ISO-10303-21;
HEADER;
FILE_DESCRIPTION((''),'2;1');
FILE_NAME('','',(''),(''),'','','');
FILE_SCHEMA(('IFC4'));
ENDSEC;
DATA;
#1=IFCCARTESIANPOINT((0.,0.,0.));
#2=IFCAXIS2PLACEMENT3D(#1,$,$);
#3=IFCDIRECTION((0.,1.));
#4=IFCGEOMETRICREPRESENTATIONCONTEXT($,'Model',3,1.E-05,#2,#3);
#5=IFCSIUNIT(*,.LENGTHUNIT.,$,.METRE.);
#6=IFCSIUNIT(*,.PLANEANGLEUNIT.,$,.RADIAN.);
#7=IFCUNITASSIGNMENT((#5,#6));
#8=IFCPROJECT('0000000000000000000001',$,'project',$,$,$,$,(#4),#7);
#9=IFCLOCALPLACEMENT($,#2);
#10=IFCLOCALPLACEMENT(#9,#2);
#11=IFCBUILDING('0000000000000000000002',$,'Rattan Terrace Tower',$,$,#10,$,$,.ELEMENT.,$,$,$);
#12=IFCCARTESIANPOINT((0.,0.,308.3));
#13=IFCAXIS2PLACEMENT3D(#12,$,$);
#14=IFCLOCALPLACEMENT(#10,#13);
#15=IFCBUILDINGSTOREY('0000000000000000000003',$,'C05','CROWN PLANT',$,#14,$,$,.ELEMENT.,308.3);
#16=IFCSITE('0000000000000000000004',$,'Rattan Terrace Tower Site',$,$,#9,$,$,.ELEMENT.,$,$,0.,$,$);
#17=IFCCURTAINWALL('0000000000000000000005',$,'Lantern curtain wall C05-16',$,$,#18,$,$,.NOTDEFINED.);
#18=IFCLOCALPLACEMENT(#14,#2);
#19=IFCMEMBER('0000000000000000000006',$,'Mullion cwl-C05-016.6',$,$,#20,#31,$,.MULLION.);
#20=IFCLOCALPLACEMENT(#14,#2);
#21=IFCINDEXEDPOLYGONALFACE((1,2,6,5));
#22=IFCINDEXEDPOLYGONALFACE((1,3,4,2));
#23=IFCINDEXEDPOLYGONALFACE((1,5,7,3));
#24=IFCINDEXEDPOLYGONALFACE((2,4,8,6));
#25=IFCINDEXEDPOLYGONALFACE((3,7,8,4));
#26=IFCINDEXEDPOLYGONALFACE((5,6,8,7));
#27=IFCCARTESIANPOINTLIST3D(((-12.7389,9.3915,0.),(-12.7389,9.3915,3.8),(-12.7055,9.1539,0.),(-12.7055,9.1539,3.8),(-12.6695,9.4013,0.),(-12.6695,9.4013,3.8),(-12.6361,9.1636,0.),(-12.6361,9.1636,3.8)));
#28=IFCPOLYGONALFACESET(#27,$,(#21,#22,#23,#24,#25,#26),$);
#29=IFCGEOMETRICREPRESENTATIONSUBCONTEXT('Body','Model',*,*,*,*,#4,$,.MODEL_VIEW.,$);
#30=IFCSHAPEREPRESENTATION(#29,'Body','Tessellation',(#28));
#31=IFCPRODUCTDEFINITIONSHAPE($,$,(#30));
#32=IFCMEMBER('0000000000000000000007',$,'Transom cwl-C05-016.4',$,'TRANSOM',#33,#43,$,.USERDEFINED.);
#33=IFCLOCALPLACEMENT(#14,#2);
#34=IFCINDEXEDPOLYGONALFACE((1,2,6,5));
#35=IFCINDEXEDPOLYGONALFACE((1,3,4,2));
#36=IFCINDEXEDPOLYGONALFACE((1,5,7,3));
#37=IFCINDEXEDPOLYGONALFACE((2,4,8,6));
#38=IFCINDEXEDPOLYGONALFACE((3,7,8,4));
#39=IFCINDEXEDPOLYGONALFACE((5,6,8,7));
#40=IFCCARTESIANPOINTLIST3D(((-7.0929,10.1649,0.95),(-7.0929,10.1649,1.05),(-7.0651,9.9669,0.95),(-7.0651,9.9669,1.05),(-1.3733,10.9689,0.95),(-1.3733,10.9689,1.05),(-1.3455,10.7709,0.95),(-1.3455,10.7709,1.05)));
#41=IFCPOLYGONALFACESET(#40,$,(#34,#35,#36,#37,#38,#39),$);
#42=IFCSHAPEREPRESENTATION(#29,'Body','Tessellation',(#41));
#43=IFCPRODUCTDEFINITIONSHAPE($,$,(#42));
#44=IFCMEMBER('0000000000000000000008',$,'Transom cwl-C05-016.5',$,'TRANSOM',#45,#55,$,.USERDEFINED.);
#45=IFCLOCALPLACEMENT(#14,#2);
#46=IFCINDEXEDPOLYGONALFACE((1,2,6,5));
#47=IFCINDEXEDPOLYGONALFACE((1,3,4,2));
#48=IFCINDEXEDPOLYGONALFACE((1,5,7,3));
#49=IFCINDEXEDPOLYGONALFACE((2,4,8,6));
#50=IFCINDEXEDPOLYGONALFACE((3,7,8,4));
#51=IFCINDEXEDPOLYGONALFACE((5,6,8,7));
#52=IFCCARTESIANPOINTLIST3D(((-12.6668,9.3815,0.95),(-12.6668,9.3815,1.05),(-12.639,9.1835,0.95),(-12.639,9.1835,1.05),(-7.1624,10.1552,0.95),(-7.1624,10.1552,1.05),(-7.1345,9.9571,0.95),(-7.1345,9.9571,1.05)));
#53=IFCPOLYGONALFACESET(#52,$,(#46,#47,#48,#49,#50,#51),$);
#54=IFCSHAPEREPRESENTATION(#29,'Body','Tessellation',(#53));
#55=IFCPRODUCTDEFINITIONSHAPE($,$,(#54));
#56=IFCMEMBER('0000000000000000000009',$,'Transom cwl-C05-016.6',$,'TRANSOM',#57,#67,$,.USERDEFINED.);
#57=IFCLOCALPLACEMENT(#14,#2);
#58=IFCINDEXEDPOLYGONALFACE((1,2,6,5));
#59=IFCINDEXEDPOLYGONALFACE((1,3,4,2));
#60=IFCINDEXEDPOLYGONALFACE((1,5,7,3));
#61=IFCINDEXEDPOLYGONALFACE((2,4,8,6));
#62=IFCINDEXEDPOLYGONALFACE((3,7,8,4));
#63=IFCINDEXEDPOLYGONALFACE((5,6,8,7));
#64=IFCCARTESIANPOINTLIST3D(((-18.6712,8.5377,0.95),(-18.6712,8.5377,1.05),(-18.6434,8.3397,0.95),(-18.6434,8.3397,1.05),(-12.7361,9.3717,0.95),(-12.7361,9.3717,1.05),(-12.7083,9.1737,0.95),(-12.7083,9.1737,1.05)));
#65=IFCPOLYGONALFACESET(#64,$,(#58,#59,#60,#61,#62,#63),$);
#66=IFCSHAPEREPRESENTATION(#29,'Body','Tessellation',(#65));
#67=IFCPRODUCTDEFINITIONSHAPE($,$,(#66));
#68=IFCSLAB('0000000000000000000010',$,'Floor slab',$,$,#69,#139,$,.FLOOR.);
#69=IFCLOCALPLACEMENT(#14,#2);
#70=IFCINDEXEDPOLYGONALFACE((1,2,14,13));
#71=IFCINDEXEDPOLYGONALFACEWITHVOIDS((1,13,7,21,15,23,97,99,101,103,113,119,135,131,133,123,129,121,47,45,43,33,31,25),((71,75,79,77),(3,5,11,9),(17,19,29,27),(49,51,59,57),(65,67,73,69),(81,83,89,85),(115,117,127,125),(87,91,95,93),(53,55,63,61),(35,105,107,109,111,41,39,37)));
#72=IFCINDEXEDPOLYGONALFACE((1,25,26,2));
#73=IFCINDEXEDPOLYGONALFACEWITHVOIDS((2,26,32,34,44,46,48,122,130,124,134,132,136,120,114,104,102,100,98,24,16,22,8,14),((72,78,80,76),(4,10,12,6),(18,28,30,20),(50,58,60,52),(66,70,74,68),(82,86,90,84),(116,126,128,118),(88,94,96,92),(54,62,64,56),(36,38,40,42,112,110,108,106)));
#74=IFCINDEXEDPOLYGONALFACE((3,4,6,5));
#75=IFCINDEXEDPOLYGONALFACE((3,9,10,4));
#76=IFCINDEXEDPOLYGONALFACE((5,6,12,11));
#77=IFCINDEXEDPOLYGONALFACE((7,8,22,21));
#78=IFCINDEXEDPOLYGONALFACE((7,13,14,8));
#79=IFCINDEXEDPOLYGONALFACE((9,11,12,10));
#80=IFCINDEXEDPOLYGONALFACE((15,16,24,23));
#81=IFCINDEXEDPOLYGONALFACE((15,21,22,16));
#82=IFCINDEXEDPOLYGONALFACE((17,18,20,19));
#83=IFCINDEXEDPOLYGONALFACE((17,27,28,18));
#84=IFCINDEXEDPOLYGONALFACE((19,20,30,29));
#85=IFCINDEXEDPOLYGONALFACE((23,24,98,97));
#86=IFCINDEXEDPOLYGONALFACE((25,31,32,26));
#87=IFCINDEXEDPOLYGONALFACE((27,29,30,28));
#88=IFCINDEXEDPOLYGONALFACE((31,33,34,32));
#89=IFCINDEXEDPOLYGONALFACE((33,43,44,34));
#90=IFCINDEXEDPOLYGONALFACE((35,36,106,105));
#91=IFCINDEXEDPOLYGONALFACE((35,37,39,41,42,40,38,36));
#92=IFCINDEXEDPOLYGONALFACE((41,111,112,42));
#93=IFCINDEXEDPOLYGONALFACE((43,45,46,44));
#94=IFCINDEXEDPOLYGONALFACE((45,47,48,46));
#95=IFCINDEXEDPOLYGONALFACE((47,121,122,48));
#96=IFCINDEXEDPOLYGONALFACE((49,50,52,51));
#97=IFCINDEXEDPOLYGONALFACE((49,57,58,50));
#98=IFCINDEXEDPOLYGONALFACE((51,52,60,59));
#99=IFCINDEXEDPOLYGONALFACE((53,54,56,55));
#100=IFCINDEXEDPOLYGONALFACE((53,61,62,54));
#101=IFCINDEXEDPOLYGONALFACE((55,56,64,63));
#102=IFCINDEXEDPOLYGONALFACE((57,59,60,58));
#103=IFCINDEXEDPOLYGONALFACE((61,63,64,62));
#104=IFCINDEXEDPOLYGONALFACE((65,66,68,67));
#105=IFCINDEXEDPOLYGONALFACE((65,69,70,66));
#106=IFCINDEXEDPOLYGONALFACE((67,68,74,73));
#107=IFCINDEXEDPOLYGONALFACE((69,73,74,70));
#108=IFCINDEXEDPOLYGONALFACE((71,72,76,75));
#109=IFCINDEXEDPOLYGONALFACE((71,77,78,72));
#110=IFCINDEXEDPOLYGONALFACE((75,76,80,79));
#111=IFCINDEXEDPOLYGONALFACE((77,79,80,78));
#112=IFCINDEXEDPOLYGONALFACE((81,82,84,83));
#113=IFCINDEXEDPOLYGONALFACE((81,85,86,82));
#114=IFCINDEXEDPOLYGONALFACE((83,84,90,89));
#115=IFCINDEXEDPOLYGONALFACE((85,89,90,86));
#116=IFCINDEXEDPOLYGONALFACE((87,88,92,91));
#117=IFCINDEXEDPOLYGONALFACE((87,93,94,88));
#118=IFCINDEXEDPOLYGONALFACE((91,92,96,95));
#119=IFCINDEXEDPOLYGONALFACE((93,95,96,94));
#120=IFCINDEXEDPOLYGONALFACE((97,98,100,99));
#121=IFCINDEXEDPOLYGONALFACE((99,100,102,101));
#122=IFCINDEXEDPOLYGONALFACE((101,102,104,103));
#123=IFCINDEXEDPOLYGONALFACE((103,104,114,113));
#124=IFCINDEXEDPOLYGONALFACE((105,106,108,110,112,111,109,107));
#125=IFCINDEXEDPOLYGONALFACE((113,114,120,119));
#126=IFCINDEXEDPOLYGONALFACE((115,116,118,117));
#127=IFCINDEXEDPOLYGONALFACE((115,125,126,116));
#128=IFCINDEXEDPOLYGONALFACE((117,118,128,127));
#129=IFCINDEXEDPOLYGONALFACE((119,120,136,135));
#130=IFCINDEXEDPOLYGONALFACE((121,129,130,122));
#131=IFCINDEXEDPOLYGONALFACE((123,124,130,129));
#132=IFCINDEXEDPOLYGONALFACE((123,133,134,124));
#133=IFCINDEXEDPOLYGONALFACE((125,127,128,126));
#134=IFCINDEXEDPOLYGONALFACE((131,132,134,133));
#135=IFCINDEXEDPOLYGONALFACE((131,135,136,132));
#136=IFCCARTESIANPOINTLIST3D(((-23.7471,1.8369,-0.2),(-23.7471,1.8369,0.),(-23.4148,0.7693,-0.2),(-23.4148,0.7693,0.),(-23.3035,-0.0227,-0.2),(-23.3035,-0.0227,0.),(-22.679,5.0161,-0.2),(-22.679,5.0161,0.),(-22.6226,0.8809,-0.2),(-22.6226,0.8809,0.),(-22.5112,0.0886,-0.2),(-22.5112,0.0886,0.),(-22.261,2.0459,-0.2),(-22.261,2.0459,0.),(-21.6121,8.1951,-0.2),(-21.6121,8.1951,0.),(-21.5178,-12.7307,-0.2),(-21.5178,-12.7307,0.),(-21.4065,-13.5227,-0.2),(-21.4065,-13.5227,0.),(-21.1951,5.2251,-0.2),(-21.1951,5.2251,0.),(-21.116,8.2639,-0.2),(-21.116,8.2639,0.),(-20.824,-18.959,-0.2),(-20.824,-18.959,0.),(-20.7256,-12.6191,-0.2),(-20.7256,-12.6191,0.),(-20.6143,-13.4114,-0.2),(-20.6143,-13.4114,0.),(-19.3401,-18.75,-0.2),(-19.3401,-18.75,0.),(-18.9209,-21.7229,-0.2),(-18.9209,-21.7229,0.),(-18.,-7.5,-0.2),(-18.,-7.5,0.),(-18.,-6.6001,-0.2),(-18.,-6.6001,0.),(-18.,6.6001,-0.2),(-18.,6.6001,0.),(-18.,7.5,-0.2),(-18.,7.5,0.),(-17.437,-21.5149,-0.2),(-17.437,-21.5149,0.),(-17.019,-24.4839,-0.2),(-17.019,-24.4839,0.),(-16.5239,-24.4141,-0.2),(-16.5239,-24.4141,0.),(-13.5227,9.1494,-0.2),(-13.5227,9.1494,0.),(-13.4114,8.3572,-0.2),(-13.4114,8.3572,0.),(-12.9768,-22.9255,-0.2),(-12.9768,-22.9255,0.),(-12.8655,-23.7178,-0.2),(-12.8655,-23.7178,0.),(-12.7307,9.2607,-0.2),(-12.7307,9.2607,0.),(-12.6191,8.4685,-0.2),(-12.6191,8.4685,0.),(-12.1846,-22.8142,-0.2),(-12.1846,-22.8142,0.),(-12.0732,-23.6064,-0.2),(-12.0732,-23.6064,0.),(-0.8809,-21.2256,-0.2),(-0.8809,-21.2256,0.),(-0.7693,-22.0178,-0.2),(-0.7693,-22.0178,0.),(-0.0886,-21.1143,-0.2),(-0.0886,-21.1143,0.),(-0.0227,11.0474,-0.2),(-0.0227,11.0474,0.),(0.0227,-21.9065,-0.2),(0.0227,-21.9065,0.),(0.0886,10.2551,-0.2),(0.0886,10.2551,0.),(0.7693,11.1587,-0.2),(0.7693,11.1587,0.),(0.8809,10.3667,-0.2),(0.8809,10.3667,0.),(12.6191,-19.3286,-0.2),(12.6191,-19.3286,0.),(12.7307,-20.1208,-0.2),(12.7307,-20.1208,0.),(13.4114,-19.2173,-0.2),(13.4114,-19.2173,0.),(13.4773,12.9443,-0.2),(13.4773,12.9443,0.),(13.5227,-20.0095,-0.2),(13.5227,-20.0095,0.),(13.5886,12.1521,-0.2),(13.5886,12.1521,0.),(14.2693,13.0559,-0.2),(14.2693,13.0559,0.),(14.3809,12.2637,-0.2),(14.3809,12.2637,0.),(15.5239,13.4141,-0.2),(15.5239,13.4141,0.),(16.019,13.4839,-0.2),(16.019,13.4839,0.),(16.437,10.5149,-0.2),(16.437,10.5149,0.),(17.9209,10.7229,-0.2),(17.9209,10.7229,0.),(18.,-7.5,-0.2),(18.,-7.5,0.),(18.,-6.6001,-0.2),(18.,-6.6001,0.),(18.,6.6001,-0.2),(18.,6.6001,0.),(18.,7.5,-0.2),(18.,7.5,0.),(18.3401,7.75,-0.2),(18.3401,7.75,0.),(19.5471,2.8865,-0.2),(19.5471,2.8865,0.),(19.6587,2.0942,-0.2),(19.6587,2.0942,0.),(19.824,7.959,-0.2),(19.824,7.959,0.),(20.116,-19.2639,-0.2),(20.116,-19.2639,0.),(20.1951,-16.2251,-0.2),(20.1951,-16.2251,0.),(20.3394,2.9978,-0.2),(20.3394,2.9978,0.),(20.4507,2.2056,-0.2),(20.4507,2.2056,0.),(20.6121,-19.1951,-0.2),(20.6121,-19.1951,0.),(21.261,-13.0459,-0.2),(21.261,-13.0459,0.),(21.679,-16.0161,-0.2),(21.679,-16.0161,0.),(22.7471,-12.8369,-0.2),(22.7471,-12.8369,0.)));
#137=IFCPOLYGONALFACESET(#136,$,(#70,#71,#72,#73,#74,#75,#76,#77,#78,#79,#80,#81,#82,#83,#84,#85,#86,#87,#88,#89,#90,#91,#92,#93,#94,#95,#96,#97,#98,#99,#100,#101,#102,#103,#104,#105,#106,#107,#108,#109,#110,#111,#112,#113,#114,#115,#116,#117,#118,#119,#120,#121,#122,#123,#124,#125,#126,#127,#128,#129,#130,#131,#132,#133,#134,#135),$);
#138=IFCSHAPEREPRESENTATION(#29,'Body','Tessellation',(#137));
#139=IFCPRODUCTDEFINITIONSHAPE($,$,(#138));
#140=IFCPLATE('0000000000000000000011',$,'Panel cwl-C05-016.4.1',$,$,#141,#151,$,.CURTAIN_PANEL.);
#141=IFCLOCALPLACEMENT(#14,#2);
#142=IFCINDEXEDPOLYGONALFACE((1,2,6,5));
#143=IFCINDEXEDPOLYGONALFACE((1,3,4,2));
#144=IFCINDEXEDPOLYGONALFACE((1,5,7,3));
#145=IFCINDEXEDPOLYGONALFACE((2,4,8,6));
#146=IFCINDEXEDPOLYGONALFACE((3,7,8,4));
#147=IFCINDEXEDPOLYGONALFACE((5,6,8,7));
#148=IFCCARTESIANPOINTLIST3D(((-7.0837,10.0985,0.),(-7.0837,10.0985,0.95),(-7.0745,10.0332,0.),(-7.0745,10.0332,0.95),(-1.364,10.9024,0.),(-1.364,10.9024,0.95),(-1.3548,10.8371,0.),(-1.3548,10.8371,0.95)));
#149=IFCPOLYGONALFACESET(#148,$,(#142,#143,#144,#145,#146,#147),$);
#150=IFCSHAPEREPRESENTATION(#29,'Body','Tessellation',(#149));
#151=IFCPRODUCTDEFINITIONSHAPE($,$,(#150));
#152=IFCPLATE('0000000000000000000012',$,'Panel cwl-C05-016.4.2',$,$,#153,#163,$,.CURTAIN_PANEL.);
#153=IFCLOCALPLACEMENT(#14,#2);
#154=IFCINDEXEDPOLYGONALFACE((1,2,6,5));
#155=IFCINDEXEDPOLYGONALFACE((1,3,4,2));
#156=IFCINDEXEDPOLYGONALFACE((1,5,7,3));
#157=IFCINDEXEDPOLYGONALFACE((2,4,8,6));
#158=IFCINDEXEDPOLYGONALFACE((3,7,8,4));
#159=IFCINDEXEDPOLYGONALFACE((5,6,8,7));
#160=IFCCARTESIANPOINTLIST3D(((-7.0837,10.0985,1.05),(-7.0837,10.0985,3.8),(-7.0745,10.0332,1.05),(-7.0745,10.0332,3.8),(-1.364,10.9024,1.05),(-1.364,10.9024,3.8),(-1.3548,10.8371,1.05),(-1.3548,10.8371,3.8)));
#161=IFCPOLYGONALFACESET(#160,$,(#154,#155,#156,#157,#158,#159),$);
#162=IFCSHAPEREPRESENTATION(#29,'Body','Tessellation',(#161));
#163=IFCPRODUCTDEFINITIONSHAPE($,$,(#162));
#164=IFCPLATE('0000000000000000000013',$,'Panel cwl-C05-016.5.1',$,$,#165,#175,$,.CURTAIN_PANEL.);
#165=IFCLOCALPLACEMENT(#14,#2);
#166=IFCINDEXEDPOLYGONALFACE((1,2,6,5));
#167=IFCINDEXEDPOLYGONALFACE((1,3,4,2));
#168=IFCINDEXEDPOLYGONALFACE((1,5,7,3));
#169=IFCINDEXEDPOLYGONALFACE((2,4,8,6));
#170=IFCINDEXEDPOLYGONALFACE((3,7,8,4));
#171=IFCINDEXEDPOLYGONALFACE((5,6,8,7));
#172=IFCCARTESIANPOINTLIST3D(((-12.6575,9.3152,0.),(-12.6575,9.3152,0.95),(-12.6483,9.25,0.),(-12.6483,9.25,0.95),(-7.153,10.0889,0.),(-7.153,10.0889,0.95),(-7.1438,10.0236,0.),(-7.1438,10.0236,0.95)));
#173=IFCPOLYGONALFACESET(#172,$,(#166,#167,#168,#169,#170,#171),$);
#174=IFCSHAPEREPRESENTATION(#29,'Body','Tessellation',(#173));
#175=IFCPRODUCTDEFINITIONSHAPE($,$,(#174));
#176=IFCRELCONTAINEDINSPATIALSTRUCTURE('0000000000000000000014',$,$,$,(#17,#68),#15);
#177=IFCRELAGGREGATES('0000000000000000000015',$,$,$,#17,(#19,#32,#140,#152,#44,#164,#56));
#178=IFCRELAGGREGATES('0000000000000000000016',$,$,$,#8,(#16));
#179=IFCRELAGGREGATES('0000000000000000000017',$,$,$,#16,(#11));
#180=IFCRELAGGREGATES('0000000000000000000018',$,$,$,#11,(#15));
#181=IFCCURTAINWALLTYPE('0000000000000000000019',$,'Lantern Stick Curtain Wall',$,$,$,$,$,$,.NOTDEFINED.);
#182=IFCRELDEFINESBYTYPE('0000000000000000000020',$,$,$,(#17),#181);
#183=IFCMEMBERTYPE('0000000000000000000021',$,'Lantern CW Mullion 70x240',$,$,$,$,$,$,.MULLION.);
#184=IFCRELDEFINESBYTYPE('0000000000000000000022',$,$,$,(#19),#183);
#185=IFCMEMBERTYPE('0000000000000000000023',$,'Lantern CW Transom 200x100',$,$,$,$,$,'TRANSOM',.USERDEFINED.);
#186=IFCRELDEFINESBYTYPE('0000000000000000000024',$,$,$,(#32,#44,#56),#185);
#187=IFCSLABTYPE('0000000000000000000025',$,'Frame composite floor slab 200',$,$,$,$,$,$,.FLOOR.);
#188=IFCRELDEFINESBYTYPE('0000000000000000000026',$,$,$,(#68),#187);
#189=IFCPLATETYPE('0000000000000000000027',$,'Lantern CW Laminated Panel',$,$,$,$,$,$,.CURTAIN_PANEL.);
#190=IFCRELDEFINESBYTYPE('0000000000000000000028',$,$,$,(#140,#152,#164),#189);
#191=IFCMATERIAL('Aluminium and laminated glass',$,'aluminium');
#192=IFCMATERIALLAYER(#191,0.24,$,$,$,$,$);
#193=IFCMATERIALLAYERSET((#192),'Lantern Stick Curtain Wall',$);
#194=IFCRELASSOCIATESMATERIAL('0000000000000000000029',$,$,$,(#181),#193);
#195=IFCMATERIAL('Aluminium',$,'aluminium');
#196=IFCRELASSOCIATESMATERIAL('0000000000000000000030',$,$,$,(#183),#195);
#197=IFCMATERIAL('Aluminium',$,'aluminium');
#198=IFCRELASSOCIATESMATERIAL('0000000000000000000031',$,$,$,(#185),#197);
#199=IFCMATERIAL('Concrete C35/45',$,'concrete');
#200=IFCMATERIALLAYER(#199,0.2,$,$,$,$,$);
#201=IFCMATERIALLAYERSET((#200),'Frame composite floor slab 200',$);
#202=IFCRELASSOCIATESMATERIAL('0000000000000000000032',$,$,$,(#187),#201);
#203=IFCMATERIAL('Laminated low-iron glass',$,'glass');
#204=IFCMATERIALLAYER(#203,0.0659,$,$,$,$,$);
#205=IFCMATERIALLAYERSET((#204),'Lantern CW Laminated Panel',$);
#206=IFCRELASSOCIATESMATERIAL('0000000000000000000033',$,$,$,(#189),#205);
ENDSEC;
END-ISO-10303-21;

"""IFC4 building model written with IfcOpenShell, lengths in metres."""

from ifc_helpers import new_model, si_unit, direction, frame, origin, origin_2d, place, context, subcontext, project, spatial, polyline, rectangle, outline, extrude, material, layer, layer_set, material_profile, profile_set, type_object, element, aggregate, save


model = new_model("IFC4")

# Units and contexts
model_context = context("Model", 3, precision=1e-05, world=origin(), true_north=direction((0.0, 1.0)))
body_context = subcontext(model_context, "Body", "Model", "MODEL_VIEW")
ifc_project = project(units=[si_unit("LENGTHUNIT", "METRE"), si_unit("PLANEANGLEUNIT", "RADIAN")], contexts=[model_context])

# Site, building, storey
site_placement = place(None, origin())
site = spatial("IfcSite", under=ifc_project, at=site_placement, Name="Rattan Terrace Tower Site", CompositionType="ELEMENT", RefElevation=0.0)
building_placement = place(site_placement, origin())
building = spatial("IfcBuilding", under=site, at=building_placement, Name="Rattan Terrace Tower", CompositionType="ELEMENT")
storey_placement = place(building_placement, frame((0.0, 0.0, 308.3)))
storey = spatial("IfcBuildingStorey", under=building, at=storey_placement, Name="C05", Description="CROWN PLANT", CompositionType="ELEMENT", Elevation=308.3)

# Curtain wall, members
ifc_material_1 = material(Name="Aluminium and laminated glass", Category="aluminium")
ifc_layer_1 = layer(ifc_material_1, 0.24)
ifc_layer_set_1 = layer_set([ifc_layer_1], Name="Lantern Stick Curtain Wall")
curtain_wall_type = type_object("IfcCurtainWallType", Name="Lantern Stick Curtain Wall", PredefinedType="NOTDEFINED", material=ifc_layer_set_1)
curtain_wall_placement = place(storey_placement, origin())
curtain_wall = element("IfcCurtainWall", 1, at=curtain_wall_placement, inside=storey, type_object=curtain_wall_type, Name="Lantern curtain wall C05-16", PredefinedType="NOTDEFINED")
ifc_material_2 = material(Name="Aluminium", Category="aluminium")
ifc_material_profile_1 = material_profile(ifc_material_2, rectangle(XDim=0.0701, YDim=0.24, at=origin_2d()), Name="Aluminium 70x240")
ifc_profile_set_1 = profile_set([ifc_material_profile_1], Name="Aluminium")
member_type_1 = type_object("IfcMemberType", Name="Lantern CW Mullion 70x240", PredefinedType="MULLION", material=ifc_profile_set_1)
member_1_placement = place(storey_placement, frame((-12.6875, 9.2776, 0.0), z_axis=(0.0, 0.0, 1.0), x_axis=(-0.990267, -0.139181, 0.0)))
member_1 = element("IfcMember", 2, at=member_1_placement, type_object=member_type_1, Name="Mullion cwl-C05-016.6", PredefinedType="MULLION", context=body_context, shape_type="SweptSolid", body=[
    extrude(rectangle(XDim=0.0701, YDim=0.24, at=origin_2d()), origin(), (0.0, 0.0, 1.0), 3.8),
])
ifc_material_3 = material(Name="Aluminium", Category="aluminium")
ifc_material_profile_2 = material_profile(ifc_material_3, rectangle(XDim=0.2, YDim=0.1001, at=origin_2d()), Name="Aluminium 200x100")
ifc_profile_set_2 = profile_set([ifc_material_profile_2], Name="Aluminium")
member_type_2 = type_object("IfcMemberType", Name="Lantern CW Transom 200x100", ElementType="TRANSOM", PredefinedType="USERDEFINED", material=ifc_profile_set_2)
member_2_placement = place(storey_placement, frame((-1.3594, 10.8699, 1.0), z_axis=(-0.990266, -0.13919, 0.0), x_axis=(0.13919, -0.990266, 0.0)))
member_2 = element("IfcMember", 3, at=member_2_placement, type_object=member_type_2, Name="Transom cwl-C05-016.4", ObjectType="TRANSOM", PredefinedType="USERDEFINED", context=body_context, shape_type="SweptSolid", body=[
    extrude(rectangle(XDim=0.2, YDim=0.1001, at=origin_2d()), origin(), (0.0, 0.0, 1.0), 5.7759),
])
member_3_placement = place(storey_placement, frame((-7.1484, 10.0562, 1.0), z_axis=(-0.990266, -0.139189, 0.0), x_axis=(0.139189, -0.990266, 0.0)))
member_3 = element("IfcMember", 4, at=member_3_placement, type_object=member_type_2, Name="Transom cwl-C05-016.5", ObjectType="TRANSOM", PredefinedType="USERDEFINED", context=body_context, shape_type="SweptSolid", body=[
    extrude(rectangle(XDim=0.2, YDim=0.1001, at=origin_2d()), origin(), (0.0, 0.0, 1.0), 5.5586),
])
member_4_placement = place(storey_placement, frame((-12.7222, 9.2727, 1.0), z_axis=(-0.990271, -0.139151, 0.0), x_axis=(0.139151, -0.990271, 0.0)))
member_4 = element("IfcMember", 5, at=member_4_placement, type_object=member_type_2, Name="Transom cwl-C05-016.6", ObjectType="TRANSOM", PredefinedType="USERDEFINED", context=body_context, shape_type="SweptSolid", body=[
    extrude(rectangle(XDim=0.2, YDim=0.1001, at=origin_2d()), origin(), (0.0, 0.0, 1.0), 5.9934),
])

# Slab
ifc_material_4 = material(Name="Concrete C35/45", Category="concrete")
ifc_layer_2 = layer(ifc_material_4, 0.2)
ifc_layer_set_2 = layer_set([ifc_layer_2], Name="Frame composite floor slab 200")
slab_type = type_object("IfcSlabType", Name="Frame composite floor slab 200", PredefinedType="FLOOR", material=ifc_layer_set_2)
slab_placement = place(storey_placement, frame((0.0, 0.0, -0.2)))
element("IfcSlab", 6, at=slab_placement, inside=storey, type_object=slab_type, Name="Floor slab", PredefinedType="FLOOR", context=body_context, shape_type="SweptSolid", body=[
    extrude(outline(polyline([(-22.261, 2.0459), (-23.7471, 1.8369), (-20.824, -18.959), (-19.3401, -18.75), (-18.9209, -21.7229), (-17.437, -21.5149), (-17.019, -24.4839), (-16.5239, -24.4141), (20.116, -19.2639), (20.6121, -19.1951), (20.1951, -16.2251), (21.679, -16.0161), (21.261, -13.0459), (22.7471, -12.8369), (19.824, 7.959), (18.3401, 7.75), (17.9209, 10.7229), (16.437, 10.5149), (16.019, 13.4839), (15.5239, 13.4141), (-21.116, 8.2639), (-21.6121, 8.1951), (-21.1951, 5.2251), (-22.679, 5.0161), (-22.261, 2.0459)]), holes=[polyline([(-12.0732, -23.6064), (-12.1846, -22.8142), (-12.9768, -22.9255), (-12.8655, -23.7178), (-12.0732, -23.6064)]), polyline([(0.0227, -21.9065), (-0.0886, -21.1143), (-0.8809, -21.2256), (-0.7693, -22.0178), (0.0227, -21.9065)]), polyline([(-20.7256, -12.6191), (-21.5178, -12.7307), (-21.4065, -13.5227), (-20.6143, -13.4114), (-20.7256, -12.6191)]), polyline([(-18.0, -6.6001), (-18.0, -7.5), (18.0, -7.5), (18.0, -6.6001), (18.0, 6.6001), (18.0, 7.5), (-18.0, 7.5), (-18.0, 6.6001), (-18.0, -6.6001)]), polyline([(-22.5112, 0.0886), (-22.6226, 0.8809), (-23.4148, 0.7693), (-23.3035, -0.0227), (-22.5112, 0.0886)]), polyline([(-12.6191, 8.4685), (-12.7307, 9.2607), (-13.5227, 9.1494), (-13.4114, 8.3572), (-12.6191, 8.4685)]), polyline([(13.5227, -20.0095), (13.4114, -19.2173), (12.6191, -19.3286), (12.7307, -20.1208), (13.5227, -20.0095)]), polyline([(20.4507, 2.2056), (20.3394, 2.9978), (19.5471, 2.8865), (19.6587, 2.0942), (20.4507, 2.2056)]), polyline([(0.0886, 10.2551), (0.8809, 10.3667), (0.7693, 11.1587), (-0.0227, 11.0474), (0.0886, 10.2551)]), polyline([(13.5886, 12.1521), (14.3809, 12.2637), (14.2693, 13.0559), (13.4773, 12.9443), (13.5886, 12.1521)])]), origin(), (0.0, 0.0, 1.0), 0.2),
])

# Plates
ifc_material_5 = material(Name="Laminated low-iron glass", Category="glass")
ifc_layer_3 = layer(ifc_material_5, 0.0659)
ifc_layer_set_3 = layer_set([ifc_layer_3], Name="Lantern CW Laminated Panel")
plate_type = type_object("IfcPlateType", Name="Lantern CW Laminated Panel", PredefinedType="CURTAIN_PANEL", material=ifc_layer_set_3)
plate_1_placement = place(storey_placement, frame((-4.2192, 10.4678, 0.0), z_axis=(0.0, 0.0, 1.0), x_axis=(-0.990267, -0.139181, 0.0)))
plate_1 = element("IfcPlate", 7, at=plate_1_placement, type_object=plate_type, Name="Panel cwl-C05-016.4.1", PredefinedType="CURTAIN_PANEL", context=body_context, shape_type="SweptSolid", body=[
    extrude(rectangle(XDim=5.7759, YDim=0.0659, at=origin_2d()), origin(), (0.0, 0.0, 1.0), 0.95),
])
plate_2_placement = place(storey_placement, frame((-4.2192, 10.4678, 1.05), z_axis=(0.0, 0.0, 1.0), x_axis=(-0.990267, -0.139181, 0.0)))
plate_2 = element("IfcPlate", 8, at=plate_2_placement, type_object=plate_type, Name="Panel cwl-C05-016.4.2", PredefinedType="CURTAIN_PANEL", context=body_context, shape_type="SweptSolid", body=[
    extrude(rectangle(XDim=5.7759, YDim=0.0659, at=origin_2d()), origin(), (0.0, 0.0, 1.0), 2.75),
])
plate_3_placement = place(storey_placement, frame((-9.9006, 9.6694, 0.0), z_axis=(0.0, 0.0, 1.0), x_axis=(-0.990267, -0.139181, 0.0)))
plate_3 = element("IfcPlate", 9, at=plate_3_placement, type_object=plate_type, Name="Panel cwl-C05-016.5.1", PredefinedType="CURTAIN_PANEL", context=body_context, shape_type="SweptSolid", body=[
    extrude(rectangle(XDim=5.5586, YDim=0.0659, at=origin_2d()), origin(), (0.0, 0.0, 1.0), 0.95),
])
aggregate(curtain_wall, [member_1, member_2, plate_1, plate_2, member_3, plate_3, member_4])

save(model, "model.ifc")
